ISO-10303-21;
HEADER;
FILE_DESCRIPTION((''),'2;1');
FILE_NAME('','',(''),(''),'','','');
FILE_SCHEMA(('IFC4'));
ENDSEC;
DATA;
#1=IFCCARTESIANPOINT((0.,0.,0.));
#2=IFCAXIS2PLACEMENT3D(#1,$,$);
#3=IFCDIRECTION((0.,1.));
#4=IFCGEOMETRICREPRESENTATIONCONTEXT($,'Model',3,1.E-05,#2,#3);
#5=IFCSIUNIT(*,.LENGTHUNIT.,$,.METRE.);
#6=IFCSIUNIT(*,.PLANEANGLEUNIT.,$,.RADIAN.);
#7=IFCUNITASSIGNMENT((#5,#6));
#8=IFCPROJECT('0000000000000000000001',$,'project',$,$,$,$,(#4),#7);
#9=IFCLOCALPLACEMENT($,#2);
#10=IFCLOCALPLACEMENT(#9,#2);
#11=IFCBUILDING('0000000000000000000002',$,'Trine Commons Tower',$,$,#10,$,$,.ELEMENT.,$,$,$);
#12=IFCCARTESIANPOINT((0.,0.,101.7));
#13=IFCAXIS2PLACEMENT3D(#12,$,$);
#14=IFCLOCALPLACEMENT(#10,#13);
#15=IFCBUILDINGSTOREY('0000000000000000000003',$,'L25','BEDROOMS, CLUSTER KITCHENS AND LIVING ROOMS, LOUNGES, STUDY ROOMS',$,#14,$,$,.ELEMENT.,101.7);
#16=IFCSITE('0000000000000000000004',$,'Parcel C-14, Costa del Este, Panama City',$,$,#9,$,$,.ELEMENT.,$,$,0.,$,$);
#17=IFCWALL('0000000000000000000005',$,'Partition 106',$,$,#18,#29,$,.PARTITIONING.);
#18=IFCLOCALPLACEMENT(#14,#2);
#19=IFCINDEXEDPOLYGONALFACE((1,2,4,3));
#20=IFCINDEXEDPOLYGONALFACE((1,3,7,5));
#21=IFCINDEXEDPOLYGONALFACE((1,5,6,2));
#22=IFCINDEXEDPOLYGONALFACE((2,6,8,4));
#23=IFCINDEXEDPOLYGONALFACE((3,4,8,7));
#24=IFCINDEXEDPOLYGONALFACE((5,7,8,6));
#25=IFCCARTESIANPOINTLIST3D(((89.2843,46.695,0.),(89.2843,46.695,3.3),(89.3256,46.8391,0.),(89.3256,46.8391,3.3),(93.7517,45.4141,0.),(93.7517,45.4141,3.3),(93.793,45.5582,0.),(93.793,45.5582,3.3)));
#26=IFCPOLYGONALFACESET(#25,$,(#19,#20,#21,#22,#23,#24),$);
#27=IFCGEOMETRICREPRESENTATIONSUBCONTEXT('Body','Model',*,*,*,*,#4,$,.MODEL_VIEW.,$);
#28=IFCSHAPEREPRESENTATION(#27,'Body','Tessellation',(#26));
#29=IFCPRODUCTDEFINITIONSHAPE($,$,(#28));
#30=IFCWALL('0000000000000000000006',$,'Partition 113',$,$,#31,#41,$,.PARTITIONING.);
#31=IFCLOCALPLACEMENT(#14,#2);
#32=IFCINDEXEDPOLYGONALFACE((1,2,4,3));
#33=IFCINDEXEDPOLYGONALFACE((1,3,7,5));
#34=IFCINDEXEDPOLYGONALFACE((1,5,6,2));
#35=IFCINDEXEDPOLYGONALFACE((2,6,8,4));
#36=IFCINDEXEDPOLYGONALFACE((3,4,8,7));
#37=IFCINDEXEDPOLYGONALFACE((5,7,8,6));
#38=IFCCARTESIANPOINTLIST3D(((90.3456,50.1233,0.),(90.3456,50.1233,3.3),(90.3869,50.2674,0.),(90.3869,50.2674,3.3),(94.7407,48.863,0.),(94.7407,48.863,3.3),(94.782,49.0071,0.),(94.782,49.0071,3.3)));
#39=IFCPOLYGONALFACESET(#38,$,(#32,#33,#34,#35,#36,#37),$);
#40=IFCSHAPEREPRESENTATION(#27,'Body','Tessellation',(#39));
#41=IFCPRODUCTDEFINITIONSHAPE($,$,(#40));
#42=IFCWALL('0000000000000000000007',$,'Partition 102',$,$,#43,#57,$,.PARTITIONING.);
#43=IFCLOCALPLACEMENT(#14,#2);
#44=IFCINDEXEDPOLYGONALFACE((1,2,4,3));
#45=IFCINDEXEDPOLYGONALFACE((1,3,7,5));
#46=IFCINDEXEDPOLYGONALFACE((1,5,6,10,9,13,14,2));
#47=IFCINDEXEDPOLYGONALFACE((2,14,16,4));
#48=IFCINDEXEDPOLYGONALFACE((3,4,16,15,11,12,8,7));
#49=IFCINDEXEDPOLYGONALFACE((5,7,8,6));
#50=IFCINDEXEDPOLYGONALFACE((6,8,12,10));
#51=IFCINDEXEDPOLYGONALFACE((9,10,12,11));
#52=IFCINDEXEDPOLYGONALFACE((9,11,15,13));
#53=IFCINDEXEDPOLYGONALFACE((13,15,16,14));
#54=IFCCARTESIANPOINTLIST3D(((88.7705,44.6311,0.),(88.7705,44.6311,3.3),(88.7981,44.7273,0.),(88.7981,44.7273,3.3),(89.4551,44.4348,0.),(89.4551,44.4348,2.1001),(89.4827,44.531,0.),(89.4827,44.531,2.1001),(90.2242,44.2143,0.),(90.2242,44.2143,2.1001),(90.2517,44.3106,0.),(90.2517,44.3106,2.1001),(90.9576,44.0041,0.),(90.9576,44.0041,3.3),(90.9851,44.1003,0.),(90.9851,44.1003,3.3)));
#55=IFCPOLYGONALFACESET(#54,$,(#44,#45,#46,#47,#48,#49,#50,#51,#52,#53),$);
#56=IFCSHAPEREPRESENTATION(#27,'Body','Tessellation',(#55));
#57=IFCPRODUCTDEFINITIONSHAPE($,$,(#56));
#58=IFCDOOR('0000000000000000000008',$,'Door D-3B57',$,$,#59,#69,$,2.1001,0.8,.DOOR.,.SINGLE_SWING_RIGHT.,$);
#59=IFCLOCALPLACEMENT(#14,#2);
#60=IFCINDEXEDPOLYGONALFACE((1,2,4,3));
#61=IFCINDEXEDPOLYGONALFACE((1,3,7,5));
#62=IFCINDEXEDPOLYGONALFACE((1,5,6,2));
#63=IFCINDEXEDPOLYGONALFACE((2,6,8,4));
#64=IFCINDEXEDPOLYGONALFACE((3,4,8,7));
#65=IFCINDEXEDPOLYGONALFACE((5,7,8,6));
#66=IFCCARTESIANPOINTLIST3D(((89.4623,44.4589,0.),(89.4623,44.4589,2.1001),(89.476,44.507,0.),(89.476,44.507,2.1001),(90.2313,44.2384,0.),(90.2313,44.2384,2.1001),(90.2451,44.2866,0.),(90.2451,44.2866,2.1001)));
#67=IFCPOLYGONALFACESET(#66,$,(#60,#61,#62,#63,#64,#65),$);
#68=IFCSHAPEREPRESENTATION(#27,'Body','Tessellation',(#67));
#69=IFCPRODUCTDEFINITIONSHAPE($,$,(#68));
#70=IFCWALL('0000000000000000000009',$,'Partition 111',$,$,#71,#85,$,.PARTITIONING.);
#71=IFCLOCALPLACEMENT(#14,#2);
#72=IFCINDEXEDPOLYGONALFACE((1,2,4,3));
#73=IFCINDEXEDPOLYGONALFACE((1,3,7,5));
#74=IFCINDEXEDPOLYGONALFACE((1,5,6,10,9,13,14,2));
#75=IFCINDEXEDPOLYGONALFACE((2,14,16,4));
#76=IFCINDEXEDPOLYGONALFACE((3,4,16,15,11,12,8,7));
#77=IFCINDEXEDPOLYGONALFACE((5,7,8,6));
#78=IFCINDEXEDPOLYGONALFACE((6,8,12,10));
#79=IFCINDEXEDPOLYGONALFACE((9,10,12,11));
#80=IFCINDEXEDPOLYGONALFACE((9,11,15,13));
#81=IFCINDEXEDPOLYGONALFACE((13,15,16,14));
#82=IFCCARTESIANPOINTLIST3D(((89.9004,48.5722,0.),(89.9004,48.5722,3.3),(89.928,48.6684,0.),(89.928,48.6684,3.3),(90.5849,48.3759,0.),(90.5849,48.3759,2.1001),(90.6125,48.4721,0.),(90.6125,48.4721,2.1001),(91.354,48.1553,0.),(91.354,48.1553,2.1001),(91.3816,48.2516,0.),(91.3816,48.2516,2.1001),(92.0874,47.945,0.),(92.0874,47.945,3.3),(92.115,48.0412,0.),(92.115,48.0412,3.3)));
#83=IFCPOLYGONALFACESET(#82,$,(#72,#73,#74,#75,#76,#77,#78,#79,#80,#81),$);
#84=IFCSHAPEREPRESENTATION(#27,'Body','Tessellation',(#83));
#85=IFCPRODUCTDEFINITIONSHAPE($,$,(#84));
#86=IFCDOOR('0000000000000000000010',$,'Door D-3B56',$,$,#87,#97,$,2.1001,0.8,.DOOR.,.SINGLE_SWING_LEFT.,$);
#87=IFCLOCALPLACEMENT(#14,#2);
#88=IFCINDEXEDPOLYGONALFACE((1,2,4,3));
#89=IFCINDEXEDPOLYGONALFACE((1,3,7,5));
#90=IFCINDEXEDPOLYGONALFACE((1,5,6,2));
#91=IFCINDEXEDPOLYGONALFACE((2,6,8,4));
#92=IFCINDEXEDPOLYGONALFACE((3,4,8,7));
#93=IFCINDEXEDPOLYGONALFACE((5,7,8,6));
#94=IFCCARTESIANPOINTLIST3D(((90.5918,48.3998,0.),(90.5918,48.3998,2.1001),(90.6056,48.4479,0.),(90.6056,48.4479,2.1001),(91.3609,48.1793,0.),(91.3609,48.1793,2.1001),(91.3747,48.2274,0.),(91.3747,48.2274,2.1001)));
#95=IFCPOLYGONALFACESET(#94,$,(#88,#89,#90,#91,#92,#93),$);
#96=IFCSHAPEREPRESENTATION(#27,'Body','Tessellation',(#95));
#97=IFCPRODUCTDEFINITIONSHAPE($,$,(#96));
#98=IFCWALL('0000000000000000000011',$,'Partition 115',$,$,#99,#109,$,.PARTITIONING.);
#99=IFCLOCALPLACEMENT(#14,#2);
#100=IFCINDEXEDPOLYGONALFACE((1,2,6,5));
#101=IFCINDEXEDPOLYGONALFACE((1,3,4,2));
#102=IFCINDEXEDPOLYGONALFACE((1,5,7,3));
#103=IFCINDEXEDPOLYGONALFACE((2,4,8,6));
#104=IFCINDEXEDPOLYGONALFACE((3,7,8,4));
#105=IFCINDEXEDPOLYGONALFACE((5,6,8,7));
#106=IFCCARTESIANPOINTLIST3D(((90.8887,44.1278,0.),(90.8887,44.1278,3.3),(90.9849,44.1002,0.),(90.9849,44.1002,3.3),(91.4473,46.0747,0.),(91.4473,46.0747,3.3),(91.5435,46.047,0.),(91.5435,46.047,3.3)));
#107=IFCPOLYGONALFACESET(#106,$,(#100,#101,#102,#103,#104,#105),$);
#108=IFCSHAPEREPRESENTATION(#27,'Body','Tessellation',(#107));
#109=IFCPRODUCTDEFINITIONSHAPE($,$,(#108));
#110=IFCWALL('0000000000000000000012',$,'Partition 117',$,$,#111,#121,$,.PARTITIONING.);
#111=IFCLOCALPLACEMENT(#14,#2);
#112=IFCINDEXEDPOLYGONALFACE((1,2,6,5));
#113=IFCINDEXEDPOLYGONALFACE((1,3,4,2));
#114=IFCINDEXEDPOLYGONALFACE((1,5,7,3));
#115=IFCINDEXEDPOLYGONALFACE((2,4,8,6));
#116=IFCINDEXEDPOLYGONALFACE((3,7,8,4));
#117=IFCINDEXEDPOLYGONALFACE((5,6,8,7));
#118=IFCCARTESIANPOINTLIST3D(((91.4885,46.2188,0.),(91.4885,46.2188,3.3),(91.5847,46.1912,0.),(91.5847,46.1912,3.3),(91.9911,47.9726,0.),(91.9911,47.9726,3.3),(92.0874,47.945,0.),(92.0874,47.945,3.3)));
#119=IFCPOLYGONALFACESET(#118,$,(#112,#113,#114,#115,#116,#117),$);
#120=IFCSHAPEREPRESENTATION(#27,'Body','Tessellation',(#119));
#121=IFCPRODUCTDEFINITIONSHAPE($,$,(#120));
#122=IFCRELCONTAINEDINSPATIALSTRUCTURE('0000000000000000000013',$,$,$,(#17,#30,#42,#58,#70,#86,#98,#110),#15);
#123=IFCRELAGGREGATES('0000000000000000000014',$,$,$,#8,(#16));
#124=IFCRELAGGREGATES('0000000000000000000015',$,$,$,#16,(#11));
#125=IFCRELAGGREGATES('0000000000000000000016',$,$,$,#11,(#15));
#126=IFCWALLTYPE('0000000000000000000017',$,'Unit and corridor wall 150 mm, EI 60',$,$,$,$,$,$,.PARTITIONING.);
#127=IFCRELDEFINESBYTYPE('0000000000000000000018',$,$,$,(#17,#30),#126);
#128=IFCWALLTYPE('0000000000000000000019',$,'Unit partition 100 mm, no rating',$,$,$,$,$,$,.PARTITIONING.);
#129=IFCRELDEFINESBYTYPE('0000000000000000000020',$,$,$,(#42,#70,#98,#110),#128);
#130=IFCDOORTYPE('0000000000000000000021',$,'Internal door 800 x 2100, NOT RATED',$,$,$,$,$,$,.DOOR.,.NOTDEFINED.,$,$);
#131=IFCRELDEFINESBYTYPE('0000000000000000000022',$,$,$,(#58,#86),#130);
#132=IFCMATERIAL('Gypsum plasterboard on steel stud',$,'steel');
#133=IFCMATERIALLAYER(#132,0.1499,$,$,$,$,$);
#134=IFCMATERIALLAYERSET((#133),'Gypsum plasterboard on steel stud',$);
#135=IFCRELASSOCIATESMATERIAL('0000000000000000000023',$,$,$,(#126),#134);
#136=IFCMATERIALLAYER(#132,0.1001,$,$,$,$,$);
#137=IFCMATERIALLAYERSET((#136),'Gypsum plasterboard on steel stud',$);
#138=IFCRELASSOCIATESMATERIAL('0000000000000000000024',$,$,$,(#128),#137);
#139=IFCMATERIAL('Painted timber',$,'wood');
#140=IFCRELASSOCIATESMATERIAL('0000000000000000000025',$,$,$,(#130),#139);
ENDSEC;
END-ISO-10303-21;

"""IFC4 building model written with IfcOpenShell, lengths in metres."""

from ifc_helpers import new_model, si_unit, direction, frame, frame_2d, origin, place, context, subcontext, project, spatial, rectangle, extrude, material, layer, layer_set, type_object, element, fill, save


model = new_model("IFC4")

# Units and contexts
model_context = context("Model", 3, precision=1e-05, world=origin(), true_north=direction((0.0, 1.0)))
body_context = subcontext(model_context, "Body", "Model", "MODEL_VIEW")
ifc_project = project(units=[si_unit("LENGTHUNIT", "METRE"), si_unit("PLANEANGLEUNIT", "RADIAN")], contexts=[model_context])

# Site, building, storey
site_placement = place(None, origin())
site = spatial("IfcSite", under=ifc_project, at=site_placement, Name="Parcel C-14, Costa del Este, Panama City", CompositionType="ELEMENT", RefElevation=0.0)
building_placement = place(site_placement, origin())
building = spatial("IfcBuilding", under=site, at=building_placement, Name="Trine Commons Tower", CompositionType="ELEMENT")
storey_placement = place(building_placement, frame((0.0, 0.0, 101.7)))
storey = spatial("IfcBuildingStorey", under=building, at=storey_placement, Name="L25", Description="BEDROOMS, CLUSTER KITCHENS AND LIVING ROOMS, LOUNGES, STUDY ROOMS", CompositionType="ELEMENT", Elevation=101.7)

# Shared definitions
ifc_material_1 = material(Name="Gypsum plasterboard on steel stud", Category="steel")
ifc_layer_1 = layer(ifc_material_1, 0.1499)
ifc_layer_set_1 = layer_set([ifc_layer_1], Name="Gypsum plasterboard on steel stud")
wall_type_1 = type_object("IfcWallType", Name="Unit and corridor wall 150 mm, EI 60", PredefinedType="PARTITIONING", material=ifc_layer_set_1)

# Shared definitions
ifc_material_2 = material(Name="Painted timber", Category="wood")

# Walls
wall_1_placement = place(storey_placement, frame((89.3049, 46.7671, 0.0), z_axis=(0.0, 0.0, 1.0), x_axis=(0.961264, -0.27563, 0.0)))
element("IfcWall", 1, at=wall_1_placement, inside=storey, type_object=wall_type_1, Name="Partition 106", PredefinedType="PARTITIONING", context=body_context, shape_type="SweptSolid", body=[
    extrude(rectangle(XDim=4.6475, YDim=0.1499, at=frame_2d((2.3237, 0.0))), origin(), (0.0, 0.0, 1.0), 3.3),
])
wall_2_placement = place(storey_placement, frame((90.3662, 50.1953, 0.0), z_axis=(0.0, 0.0, 1.0), x_axis=(0.961266, -0.275624, 0.0)))
element("IfcWall", 2, at=wall_2_placement, inside=storey, type_object=wall_type_1, Name="Partition 113", PredefinedType="PARTITIONING", context=body_context, shape_type="SweptSolid", body=[
    extrude(rectangle(XDim=4.5723, YDim=0.1499, at=frame_2d((2.2861, 0.0))), origin(), (0.0, 0.0, 1.0), 3.3),
])

# Walls, openings, doors
ifc_layer_2 = layer(ifc_material_1, 0.1001)
ifc_layer_set_2 = layer_set([ifc_layer_2], Name="Gypsum plasterboard on steel stud")
wall_type_2 = type_object("IfcWallType", Name="Unit partition 100 mm, no rating", PredefinedType="PARTITIONING", material=ifc_layer_set_2)
wall_3_placement = place(storey_placement, frame((88.7842, 44.6792, 0.0), z_axis=(0.0, 0.0, 1.0), x_axis=(0.961281, -0.275571, 0.0)))
wall_3 = element("IfcWall", 3, at=wall_3_placement, inside=storey, type_object=wall_type_2, Name="Partition 102", PredefinedType="PARTITIONING", context=body_context, shape_type="SweptSolid", body=[
    extrude(rectangle(XDim=2.2751, YDim=0.1001, at=frame_2d((1.1377, 0.0))), origin(), (0.0, 0.0, 1.0), 3.3),
])
opening_1_placement = place(wall_3_placement, frame((0.7124, 0.0, 0.0)))
opening_1 = element("IfcOpeningElement", 4, at=opening_1_placement, cuts=wall_3, PredefinedType="OPENING", context=body_context, shape_type="SweptSolid", body=[
    extrude(rectangle(XDim=0.8, YDim=2.1001, at=frame_2d((0.3999, 1.05))), frame((0.0, 0.0601, 0.0), z_axis=(0.0, -1.0, 0.0), x_axis=(1.0, 0.0, 0.0)), (0.0, 0.0, 1.0), 0.1201),
])
door_type_1 = type_object("IfcDoorType", Name="Internal door 800 x 2100, NOT RATED", OperationType="NOTDEFINED", PredefinedType="DOOR", material=ifc_material_2)
door_1_placement = place(opening_1_placement, frame((0.8, 0.0, 0.0), z_axis=(0.0, 0.0, 1.0), x_axis=(-1.0, 0.0, 0.0)))
door_1 = element("IfcDoor", 5, at=door_1_placement, inside=storey, type_object=door_type_1, Name="Door D-3B57", OperationType="SINGLE_SWING_RIGHT", OverallHeight=2.1001, OverallWidth=0.8, PredefinedType="DOOR", context=body_context, shape_type="SweptSolid", body=[
    extrude(rectangle(XDim=0.8, YDim=2.1001, at=frame_2d((0.3999, 1.05))), frame((0.0, 0.0249, 0.0), z_axis=(0.0, -1.0, 0.0), x_axis=(1.0, 0.0, 0.0)), (0.0, 0.0, 1.0), 0.05),
])
fill(opening_1, door_1)
wall_4_placement = place(storey_placement, frame((89.9141, 48.6204, 0.0), z_axis=(0.0, 0.0, 1.0), x_axis=(0.961252, -0.275671, 0.0)))
wall_4 = element("IfcWall", 6, at=wall_4_placement, inside=storey, type_object=wall_type_2, Name="Partition 111", PredefinedType="PARTITIONING", context=body_context, shape_type="SweptSolid", body=[
    extrude(rectangle(XDim=2.2751, YDim=0.1001, at=frame_2d((1.1377, 0.0))), origin(), (0.0, 0.0, 1.0), 3.3),
])
opening_2_placement = place(wall_4_placement, frame((0.7124, 0.0, 0.0)))
opening_2 = element("IfcOpeningElement", 7, at=opening_2_placement, cuts=wall_4, PredefinedType="OPENING", context=body_context, shape_type="SweptSolid", body=[
    extrude(rectangle(XDim=0.8, YDim=2.1001, at=frame_2d((0.3999, 1.05))), frame((0.0, 0.0601, 0.0), z_axis=(0.0, -1.0, 0.0), x_axis=(1.0, 0.0, 0.0)), (0.0, 0.0, 1.0), 0.1201),
])
door_2_placement = place(opening_2_placement, origin())
door_2 = element("IfcDoor", 8, at=door_2_placement, inside=storey, type_object=door_type_1, Name="Door D-3B56", OperationType="SINGLE_SWING_LEFT", OverallHeight=2.1001, OverallWidth=0.8, PredefinedType="DOOR", context=body_context, shape_type="SweptSolid", body=[
    extrude(rectangle(XDim=0.8, YDim=2.1001, at=frame_2d((0.3999, 1.05))), frame((0.0, 0.0249, 0.0), z_axis=(0.0, -1.0, 0.0), x_axis=(1.0, 0.0, 0.0)), (0.0, 0.0, 1.0), 0.05),
])
fill(opening_2, door_2)

# Walls
wall_5_placement = place(storey_placement, frame((90.9368, 44.114, 0.0), z_axis=(0.0, 0.0, 1.0), x_axis=(0.275804, 0.961214, 0.0)))
element("IfcWall", 9, at=wall_5_placement, inside=storey, type_object=wall_type_2, Name="Partition 115", PredefinedType="PARTITIONING", context=body_context, shape_type="SweptSolid", body=[
    extrude(rectangle(XDim=2.0254, YDim=0.1001, at=frame_2d((1.0127, 0.0))), origin(), (0.0, 0.0, 1.0), 3.3),
])
wall_6_placement = place(storey_placement, frame((91.5366, 46.2051, 0.0), z_axis=(0.0, 0.0, 1.0), x_axis=(0.275516, 0.961296, 0.0)))
element("IfcWall", 10, at=wall_6_placement, inside=storey, type_object=wall_type_2, Name="Partition 117", PredefinedType="PARTITIONING", context=body_context, shape_type="SweptSolid", body=[
    extrude(rectangle(XDim=1.8245, YDim=0.1001, at=frame_2d((0.9121, 0.0))), origin(), (0.0, 0.0, 1.0), 3.3),
])

save(model, "model.ifc")
